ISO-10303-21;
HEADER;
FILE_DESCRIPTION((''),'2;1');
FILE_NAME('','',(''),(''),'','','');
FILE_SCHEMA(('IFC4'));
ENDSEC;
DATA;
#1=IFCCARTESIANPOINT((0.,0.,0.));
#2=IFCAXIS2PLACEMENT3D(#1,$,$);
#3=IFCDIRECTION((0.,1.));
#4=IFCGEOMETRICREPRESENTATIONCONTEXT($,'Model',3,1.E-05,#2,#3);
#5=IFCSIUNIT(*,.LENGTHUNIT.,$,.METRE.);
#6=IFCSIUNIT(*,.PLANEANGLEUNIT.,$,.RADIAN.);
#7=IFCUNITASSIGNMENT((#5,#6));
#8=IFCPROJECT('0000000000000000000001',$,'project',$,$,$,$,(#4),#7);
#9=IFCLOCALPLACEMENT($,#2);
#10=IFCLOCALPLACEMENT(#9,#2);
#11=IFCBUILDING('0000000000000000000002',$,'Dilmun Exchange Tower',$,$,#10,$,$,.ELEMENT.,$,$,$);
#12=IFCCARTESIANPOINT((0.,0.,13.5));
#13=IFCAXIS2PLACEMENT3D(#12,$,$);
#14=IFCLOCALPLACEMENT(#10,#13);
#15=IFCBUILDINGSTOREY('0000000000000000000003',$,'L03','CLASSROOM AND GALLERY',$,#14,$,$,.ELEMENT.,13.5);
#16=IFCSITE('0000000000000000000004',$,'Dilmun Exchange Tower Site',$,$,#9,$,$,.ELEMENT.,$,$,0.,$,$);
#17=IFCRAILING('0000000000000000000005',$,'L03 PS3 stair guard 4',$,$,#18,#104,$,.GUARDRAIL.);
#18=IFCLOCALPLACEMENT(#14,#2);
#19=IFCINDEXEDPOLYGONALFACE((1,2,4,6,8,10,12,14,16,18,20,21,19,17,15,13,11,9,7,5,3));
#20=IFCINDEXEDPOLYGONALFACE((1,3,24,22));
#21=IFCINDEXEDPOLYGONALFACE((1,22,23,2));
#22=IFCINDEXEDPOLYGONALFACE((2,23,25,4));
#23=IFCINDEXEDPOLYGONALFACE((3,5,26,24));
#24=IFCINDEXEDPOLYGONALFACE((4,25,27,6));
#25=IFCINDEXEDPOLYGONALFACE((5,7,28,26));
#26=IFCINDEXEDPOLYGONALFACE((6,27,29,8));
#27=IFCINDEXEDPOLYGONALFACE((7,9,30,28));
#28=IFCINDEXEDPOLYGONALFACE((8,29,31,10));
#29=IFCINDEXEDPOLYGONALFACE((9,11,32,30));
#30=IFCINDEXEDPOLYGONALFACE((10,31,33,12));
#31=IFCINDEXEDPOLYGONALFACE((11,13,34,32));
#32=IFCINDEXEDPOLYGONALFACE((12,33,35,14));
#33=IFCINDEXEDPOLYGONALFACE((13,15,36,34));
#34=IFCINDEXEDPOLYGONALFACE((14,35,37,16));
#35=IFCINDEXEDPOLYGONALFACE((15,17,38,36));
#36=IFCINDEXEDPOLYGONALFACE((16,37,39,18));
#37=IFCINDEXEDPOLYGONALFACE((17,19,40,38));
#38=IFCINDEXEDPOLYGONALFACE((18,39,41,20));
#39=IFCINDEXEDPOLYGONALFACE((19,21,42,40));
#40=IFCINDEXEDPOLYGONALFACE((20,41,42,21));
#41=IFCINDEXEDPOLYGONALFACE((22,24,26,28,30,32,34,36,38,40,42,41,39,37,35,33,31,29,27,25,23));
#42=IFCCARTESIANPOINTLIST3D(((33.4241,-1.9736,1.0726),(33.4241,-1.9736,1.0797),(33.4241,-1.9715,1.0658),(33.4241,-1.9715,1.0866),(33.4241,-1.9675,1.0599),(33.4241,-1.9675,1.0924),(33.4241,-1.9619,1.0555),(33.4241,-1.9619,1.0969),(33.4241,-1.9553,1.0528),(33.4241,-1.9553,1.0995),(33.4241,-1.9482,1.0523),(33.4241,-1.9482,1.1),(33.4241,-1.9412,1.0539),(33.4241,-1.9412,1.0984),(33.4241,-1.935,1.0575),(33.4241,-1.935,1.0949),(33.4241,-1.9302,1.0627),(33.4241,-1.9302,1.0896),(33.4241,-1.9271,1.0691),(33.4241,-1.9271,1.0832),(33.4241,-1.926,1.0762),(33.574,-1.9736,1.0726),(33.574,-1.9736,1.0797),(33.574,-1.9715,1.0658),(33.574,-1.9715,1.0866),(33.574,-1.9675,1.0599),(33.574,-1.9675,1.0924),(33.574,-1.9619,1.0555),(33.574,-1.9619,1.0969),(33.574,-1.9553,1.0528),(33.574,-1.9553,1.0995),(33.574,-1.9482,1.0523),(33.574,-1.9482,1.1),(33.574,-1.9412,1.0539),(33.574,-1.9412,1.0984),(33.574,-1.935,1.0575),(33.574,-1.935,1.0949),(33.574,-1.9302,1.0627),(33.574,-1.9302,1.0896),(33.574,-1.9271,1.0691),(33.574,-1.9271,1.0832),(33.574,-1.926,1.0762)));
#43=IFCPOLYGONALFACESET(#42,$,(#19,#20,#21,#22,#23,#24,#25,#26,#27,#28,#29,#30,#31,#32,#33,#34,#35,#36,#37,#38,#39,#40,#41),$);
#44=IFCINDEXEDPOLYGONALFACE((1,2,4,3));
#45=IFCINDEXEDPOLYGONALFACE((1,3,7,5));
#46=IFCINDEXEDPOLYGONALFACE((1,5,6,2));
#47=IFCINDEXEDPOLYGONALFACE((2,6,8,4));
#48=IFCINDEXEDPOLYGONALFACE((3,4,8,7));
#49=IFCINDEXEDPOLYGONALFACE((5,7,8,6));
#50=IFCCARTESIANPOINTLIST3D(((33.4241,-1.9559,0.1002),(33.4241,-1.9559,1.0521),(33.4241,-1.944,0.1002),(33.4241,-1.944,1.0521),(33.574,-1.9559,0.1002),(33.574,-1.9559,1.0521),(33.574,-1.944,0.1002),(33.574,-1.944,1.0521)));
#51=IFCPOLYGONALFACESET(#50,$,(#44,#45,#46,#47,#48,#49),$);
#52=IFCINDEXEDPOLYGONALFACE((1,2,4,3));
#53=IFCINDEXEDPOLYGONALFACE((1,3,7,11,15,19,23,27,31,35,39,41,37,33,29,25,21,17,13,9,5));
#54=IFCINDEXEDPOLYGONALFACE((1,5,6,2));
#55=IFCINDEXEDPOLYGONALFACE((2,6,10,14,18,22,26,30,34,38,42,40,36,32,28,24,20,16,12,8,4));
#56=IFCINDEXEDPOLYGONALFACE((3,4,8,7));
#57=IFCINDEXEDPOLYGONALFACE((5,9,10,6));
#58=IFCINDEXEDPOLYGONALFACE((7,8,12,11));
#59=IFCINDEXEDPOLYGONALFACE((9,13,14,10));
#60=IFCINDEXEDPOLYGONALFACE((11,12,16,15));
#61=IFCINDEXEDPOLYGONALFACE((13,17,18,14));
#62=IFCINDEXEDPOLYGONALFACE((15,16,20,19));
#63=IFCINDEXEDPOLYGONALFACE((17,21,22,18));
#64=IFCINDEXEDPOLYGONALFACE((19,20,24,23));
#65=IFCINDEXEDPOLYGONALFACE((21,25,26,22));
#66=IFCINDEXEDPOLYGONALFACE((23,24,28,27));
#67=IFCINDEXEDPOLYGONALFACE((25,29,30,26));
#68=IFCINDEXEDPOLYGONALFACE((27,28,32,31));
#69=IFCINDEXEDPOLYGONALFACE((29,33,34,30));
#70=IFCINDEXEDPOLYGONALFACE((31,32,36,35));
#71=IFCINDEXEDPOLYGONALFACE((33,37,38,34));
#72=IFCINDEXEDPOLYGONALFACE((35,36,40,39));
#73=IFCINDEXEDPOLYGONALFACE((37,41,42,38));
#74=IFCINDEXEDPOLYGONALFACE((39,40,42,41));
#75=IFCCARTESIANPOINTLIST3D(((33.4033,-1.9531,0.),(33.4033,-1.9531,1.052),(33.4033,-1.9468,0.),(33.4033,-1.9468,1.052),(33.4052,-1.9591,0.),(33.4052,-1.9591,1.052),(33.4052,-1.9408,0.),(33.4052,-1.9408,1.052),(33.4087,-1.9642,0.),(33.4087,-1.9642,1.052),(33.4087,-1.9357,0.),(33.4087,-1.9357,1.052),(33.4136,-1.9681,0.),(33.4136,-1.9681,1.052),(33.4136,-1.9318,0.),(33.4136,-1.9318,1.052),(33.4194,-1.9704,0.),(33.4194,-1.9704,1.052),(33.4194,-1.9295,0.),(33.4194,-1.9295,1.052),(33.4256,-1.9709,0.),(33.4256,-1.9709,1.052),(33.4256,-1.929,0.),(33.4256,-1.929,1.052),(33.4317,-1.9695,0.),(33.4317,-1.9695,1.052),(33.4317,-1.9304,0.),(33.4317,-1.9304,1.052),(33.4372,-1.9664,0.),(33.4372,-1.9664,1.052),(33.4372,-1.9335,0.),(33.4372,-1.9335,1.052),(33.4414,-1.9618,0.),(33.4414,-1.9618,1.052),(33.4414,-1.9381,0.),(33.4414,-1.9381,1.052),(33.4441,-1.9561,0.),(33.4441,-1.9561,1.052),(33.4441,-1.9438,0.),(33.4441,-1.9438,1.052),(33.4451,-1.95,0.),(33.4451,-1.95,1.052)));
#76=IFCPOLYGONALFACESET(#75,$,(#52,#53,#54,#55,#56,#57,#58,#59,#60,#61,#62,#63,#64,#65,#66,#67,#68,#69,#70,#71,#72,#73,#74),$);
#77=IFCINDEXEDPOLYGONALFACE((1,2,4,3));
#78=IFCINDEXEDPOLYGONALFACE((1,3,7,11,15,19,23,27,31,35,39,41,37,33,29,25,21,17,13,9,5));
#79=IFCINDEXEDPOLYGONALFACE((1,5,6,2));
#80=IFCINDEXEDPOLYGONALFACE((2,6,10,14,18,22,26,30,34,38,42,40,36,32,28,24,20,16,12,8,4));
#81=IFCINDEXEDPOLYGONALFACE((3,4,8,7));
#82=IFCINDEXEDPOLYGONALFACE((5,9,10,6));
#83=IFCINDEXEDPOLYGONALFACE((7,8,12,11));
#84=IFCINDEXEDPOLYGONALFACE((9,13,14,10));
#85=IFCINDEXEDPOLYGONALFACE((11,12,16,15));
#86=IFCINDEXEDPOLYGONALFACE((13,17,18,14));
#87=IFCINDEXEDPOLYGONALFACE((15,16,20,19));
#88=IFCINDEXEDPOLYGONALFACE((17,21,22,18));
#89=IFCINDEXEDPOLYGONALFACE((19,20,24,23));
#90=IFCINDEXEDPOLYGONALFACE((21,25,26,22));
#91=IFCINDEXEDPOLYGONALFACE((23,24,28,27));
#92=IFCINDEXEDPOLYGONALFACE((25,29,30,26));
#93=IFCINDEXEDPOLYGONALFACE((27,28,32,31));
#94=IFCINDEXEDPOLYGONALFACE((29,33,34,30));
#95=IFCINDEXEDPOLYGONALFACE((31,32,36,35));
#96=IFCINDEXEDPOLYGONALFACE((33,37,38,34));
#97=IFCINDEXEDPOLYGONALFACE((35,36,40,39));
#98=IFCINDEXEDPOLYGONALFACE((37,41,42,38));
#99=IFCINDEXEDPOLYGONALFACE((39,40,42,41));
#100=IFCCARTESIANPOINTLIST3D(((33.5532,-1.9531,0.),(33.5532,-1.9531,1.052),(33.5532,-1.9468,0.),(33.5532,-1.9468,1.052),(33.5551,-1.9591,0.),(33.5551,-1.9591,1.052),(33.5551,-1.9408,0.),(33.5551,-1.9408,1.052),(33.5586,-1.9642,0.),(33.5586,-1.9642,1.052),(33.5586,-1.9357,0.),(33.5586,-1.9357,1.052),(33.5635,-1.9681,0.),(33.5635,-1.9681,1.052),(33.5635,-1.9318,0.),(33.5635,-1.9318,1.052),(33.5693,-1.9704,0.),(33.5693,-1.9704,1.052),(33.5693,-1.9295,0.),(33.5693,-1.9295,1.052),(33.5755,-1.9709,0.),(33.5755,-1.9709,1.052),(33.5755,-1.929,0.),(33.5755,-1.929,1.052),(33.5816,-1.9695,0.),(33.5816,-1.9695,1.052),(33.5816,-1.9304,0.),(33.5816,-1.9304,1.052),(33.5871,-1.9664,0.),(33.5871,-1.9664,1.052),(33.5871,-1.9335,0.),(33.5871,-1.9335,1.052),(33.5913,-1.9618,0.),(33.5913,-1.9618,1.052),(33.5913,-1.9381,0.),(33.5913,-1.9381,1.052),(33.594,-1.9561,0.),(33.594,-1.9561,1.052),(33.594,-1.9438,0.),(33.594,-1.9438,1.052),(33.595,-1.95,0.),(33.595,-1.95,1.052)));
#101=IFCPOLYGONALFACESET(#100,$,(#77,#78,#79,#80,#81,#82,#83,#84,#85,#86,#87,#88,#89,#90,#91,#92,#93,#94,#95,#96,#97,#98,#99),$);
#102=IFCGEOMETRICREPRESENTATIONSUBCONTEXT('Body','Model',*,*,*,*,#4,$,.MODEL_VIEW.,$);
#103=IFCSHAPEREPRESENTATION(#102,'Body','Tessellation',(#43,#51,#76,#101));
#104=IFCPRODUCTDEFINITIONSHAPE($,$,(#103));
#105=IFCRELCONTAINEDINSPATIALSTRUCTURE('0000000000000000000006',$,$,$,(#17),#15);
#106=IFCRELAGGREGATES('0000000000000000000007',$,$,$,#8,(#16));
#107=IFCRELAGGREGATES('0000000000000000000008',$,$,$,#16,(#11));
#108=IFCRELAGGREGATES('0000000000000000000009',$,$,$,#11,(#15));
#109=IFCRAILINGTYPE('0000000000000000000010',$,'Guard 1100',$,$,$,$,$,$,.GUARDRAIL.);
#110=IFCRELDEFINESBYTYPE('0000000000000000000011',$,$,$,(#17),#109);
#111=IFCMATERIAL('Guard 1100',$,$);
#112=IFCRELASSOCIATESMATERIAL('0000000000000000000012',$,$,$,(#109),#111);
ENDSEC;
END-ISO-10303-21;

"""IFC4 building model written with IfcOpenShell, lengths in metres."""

from ifc_helpers import new_model, si_unit, direction, frame, origin, origin_2d, place, context, subcontext, project, spatial, rectangle, circle, extrude, material, type_object, element, save


model = new_model("IFC4")

# Units and contexts
model_context = context("Model", 3, precision=1e-05, world=origin(), true_north=direction((0.0, 1.0)))
body_context = subcontext(model_context, "Body", "Model", "MODEL_VIEW")
ifc_project = project(units=[si_unit("LENGTHUNIT", "METRE"), si_unit("PLANEANGLEUNIT", "RADIAN")], contexts=[model_context])

# Site, building, storey
site_placement = place(None, origin())
site = spatial("IfcSite", under=ifc_project, at=site_placement, Name="Dilmun Exchange Tower Site", CompositionType="ELEMENT", RefElevation=0.0)
building_placement = place(site_placement, origin())
building = spatial("IfcBuilding", under=site, at=building_placement, Name="Dilmun Exchange Tower", CompositionType="ELEMENT")
storey_placement = place(building_placement, frame((0.0, 0.0, 13.5)))
storey = spatial("IfcBuildingStorey", under=building, at=storey_placement, Name="L03", Description="CLASSROOM AND GALLERY", CompositionType="ELEMENT", Elevation=13.5)

# Railing
ifc_material_1 = material(Name="Guard 1100")
railing_type_1 = type_object("IfcRailingType", Name="Guard 1100", PredefinedType="GUARDRAIL", material=ifc_material_1)
railing_1_placement = place(storey_placement, frame((33.4241, -1.95, 0.0)))
element("IfcRailing", 1, at=railing_1_placement, inside=storey, type_object=railing_type_1, Name="L03 PS3 stair guard 4", PredefinedType="GUARDRAIL", context=body_context, shape_type="SweptSolid", body=[
    extrude(circle(Radius=0.0239, at=origin_2d()), frame((0.0, 0.0, 1.0762), z_axis=(1.0, 0.0, 0.0), x_axis=(0.0, 1.0, 0.0)), (0.0, 0.0, 1.0), 0.1499),
    extrude(rectangle(XDim=0.012, YDim=0.9519, at=origin_2d()), frame((0.0, 0.0, 0.5762), z_axis=(1.0, 0.0, 0.0), x_axis=(0.0, 1.0, 0.0)), (0.0, 0.0, 1.0), 0.1499),
    extrude(circle(Radius=0.021, at=origin_2d()), origin(), (0.0, 0.0, 1.0), 1.052),
    extrude(circle(Radius=0.021, at=origin_2d()), frame((0.1499, 0.0, 0.0)), (0.0, 0.0, 1.0), 1.052),
])

save(model, "model.ifc")
